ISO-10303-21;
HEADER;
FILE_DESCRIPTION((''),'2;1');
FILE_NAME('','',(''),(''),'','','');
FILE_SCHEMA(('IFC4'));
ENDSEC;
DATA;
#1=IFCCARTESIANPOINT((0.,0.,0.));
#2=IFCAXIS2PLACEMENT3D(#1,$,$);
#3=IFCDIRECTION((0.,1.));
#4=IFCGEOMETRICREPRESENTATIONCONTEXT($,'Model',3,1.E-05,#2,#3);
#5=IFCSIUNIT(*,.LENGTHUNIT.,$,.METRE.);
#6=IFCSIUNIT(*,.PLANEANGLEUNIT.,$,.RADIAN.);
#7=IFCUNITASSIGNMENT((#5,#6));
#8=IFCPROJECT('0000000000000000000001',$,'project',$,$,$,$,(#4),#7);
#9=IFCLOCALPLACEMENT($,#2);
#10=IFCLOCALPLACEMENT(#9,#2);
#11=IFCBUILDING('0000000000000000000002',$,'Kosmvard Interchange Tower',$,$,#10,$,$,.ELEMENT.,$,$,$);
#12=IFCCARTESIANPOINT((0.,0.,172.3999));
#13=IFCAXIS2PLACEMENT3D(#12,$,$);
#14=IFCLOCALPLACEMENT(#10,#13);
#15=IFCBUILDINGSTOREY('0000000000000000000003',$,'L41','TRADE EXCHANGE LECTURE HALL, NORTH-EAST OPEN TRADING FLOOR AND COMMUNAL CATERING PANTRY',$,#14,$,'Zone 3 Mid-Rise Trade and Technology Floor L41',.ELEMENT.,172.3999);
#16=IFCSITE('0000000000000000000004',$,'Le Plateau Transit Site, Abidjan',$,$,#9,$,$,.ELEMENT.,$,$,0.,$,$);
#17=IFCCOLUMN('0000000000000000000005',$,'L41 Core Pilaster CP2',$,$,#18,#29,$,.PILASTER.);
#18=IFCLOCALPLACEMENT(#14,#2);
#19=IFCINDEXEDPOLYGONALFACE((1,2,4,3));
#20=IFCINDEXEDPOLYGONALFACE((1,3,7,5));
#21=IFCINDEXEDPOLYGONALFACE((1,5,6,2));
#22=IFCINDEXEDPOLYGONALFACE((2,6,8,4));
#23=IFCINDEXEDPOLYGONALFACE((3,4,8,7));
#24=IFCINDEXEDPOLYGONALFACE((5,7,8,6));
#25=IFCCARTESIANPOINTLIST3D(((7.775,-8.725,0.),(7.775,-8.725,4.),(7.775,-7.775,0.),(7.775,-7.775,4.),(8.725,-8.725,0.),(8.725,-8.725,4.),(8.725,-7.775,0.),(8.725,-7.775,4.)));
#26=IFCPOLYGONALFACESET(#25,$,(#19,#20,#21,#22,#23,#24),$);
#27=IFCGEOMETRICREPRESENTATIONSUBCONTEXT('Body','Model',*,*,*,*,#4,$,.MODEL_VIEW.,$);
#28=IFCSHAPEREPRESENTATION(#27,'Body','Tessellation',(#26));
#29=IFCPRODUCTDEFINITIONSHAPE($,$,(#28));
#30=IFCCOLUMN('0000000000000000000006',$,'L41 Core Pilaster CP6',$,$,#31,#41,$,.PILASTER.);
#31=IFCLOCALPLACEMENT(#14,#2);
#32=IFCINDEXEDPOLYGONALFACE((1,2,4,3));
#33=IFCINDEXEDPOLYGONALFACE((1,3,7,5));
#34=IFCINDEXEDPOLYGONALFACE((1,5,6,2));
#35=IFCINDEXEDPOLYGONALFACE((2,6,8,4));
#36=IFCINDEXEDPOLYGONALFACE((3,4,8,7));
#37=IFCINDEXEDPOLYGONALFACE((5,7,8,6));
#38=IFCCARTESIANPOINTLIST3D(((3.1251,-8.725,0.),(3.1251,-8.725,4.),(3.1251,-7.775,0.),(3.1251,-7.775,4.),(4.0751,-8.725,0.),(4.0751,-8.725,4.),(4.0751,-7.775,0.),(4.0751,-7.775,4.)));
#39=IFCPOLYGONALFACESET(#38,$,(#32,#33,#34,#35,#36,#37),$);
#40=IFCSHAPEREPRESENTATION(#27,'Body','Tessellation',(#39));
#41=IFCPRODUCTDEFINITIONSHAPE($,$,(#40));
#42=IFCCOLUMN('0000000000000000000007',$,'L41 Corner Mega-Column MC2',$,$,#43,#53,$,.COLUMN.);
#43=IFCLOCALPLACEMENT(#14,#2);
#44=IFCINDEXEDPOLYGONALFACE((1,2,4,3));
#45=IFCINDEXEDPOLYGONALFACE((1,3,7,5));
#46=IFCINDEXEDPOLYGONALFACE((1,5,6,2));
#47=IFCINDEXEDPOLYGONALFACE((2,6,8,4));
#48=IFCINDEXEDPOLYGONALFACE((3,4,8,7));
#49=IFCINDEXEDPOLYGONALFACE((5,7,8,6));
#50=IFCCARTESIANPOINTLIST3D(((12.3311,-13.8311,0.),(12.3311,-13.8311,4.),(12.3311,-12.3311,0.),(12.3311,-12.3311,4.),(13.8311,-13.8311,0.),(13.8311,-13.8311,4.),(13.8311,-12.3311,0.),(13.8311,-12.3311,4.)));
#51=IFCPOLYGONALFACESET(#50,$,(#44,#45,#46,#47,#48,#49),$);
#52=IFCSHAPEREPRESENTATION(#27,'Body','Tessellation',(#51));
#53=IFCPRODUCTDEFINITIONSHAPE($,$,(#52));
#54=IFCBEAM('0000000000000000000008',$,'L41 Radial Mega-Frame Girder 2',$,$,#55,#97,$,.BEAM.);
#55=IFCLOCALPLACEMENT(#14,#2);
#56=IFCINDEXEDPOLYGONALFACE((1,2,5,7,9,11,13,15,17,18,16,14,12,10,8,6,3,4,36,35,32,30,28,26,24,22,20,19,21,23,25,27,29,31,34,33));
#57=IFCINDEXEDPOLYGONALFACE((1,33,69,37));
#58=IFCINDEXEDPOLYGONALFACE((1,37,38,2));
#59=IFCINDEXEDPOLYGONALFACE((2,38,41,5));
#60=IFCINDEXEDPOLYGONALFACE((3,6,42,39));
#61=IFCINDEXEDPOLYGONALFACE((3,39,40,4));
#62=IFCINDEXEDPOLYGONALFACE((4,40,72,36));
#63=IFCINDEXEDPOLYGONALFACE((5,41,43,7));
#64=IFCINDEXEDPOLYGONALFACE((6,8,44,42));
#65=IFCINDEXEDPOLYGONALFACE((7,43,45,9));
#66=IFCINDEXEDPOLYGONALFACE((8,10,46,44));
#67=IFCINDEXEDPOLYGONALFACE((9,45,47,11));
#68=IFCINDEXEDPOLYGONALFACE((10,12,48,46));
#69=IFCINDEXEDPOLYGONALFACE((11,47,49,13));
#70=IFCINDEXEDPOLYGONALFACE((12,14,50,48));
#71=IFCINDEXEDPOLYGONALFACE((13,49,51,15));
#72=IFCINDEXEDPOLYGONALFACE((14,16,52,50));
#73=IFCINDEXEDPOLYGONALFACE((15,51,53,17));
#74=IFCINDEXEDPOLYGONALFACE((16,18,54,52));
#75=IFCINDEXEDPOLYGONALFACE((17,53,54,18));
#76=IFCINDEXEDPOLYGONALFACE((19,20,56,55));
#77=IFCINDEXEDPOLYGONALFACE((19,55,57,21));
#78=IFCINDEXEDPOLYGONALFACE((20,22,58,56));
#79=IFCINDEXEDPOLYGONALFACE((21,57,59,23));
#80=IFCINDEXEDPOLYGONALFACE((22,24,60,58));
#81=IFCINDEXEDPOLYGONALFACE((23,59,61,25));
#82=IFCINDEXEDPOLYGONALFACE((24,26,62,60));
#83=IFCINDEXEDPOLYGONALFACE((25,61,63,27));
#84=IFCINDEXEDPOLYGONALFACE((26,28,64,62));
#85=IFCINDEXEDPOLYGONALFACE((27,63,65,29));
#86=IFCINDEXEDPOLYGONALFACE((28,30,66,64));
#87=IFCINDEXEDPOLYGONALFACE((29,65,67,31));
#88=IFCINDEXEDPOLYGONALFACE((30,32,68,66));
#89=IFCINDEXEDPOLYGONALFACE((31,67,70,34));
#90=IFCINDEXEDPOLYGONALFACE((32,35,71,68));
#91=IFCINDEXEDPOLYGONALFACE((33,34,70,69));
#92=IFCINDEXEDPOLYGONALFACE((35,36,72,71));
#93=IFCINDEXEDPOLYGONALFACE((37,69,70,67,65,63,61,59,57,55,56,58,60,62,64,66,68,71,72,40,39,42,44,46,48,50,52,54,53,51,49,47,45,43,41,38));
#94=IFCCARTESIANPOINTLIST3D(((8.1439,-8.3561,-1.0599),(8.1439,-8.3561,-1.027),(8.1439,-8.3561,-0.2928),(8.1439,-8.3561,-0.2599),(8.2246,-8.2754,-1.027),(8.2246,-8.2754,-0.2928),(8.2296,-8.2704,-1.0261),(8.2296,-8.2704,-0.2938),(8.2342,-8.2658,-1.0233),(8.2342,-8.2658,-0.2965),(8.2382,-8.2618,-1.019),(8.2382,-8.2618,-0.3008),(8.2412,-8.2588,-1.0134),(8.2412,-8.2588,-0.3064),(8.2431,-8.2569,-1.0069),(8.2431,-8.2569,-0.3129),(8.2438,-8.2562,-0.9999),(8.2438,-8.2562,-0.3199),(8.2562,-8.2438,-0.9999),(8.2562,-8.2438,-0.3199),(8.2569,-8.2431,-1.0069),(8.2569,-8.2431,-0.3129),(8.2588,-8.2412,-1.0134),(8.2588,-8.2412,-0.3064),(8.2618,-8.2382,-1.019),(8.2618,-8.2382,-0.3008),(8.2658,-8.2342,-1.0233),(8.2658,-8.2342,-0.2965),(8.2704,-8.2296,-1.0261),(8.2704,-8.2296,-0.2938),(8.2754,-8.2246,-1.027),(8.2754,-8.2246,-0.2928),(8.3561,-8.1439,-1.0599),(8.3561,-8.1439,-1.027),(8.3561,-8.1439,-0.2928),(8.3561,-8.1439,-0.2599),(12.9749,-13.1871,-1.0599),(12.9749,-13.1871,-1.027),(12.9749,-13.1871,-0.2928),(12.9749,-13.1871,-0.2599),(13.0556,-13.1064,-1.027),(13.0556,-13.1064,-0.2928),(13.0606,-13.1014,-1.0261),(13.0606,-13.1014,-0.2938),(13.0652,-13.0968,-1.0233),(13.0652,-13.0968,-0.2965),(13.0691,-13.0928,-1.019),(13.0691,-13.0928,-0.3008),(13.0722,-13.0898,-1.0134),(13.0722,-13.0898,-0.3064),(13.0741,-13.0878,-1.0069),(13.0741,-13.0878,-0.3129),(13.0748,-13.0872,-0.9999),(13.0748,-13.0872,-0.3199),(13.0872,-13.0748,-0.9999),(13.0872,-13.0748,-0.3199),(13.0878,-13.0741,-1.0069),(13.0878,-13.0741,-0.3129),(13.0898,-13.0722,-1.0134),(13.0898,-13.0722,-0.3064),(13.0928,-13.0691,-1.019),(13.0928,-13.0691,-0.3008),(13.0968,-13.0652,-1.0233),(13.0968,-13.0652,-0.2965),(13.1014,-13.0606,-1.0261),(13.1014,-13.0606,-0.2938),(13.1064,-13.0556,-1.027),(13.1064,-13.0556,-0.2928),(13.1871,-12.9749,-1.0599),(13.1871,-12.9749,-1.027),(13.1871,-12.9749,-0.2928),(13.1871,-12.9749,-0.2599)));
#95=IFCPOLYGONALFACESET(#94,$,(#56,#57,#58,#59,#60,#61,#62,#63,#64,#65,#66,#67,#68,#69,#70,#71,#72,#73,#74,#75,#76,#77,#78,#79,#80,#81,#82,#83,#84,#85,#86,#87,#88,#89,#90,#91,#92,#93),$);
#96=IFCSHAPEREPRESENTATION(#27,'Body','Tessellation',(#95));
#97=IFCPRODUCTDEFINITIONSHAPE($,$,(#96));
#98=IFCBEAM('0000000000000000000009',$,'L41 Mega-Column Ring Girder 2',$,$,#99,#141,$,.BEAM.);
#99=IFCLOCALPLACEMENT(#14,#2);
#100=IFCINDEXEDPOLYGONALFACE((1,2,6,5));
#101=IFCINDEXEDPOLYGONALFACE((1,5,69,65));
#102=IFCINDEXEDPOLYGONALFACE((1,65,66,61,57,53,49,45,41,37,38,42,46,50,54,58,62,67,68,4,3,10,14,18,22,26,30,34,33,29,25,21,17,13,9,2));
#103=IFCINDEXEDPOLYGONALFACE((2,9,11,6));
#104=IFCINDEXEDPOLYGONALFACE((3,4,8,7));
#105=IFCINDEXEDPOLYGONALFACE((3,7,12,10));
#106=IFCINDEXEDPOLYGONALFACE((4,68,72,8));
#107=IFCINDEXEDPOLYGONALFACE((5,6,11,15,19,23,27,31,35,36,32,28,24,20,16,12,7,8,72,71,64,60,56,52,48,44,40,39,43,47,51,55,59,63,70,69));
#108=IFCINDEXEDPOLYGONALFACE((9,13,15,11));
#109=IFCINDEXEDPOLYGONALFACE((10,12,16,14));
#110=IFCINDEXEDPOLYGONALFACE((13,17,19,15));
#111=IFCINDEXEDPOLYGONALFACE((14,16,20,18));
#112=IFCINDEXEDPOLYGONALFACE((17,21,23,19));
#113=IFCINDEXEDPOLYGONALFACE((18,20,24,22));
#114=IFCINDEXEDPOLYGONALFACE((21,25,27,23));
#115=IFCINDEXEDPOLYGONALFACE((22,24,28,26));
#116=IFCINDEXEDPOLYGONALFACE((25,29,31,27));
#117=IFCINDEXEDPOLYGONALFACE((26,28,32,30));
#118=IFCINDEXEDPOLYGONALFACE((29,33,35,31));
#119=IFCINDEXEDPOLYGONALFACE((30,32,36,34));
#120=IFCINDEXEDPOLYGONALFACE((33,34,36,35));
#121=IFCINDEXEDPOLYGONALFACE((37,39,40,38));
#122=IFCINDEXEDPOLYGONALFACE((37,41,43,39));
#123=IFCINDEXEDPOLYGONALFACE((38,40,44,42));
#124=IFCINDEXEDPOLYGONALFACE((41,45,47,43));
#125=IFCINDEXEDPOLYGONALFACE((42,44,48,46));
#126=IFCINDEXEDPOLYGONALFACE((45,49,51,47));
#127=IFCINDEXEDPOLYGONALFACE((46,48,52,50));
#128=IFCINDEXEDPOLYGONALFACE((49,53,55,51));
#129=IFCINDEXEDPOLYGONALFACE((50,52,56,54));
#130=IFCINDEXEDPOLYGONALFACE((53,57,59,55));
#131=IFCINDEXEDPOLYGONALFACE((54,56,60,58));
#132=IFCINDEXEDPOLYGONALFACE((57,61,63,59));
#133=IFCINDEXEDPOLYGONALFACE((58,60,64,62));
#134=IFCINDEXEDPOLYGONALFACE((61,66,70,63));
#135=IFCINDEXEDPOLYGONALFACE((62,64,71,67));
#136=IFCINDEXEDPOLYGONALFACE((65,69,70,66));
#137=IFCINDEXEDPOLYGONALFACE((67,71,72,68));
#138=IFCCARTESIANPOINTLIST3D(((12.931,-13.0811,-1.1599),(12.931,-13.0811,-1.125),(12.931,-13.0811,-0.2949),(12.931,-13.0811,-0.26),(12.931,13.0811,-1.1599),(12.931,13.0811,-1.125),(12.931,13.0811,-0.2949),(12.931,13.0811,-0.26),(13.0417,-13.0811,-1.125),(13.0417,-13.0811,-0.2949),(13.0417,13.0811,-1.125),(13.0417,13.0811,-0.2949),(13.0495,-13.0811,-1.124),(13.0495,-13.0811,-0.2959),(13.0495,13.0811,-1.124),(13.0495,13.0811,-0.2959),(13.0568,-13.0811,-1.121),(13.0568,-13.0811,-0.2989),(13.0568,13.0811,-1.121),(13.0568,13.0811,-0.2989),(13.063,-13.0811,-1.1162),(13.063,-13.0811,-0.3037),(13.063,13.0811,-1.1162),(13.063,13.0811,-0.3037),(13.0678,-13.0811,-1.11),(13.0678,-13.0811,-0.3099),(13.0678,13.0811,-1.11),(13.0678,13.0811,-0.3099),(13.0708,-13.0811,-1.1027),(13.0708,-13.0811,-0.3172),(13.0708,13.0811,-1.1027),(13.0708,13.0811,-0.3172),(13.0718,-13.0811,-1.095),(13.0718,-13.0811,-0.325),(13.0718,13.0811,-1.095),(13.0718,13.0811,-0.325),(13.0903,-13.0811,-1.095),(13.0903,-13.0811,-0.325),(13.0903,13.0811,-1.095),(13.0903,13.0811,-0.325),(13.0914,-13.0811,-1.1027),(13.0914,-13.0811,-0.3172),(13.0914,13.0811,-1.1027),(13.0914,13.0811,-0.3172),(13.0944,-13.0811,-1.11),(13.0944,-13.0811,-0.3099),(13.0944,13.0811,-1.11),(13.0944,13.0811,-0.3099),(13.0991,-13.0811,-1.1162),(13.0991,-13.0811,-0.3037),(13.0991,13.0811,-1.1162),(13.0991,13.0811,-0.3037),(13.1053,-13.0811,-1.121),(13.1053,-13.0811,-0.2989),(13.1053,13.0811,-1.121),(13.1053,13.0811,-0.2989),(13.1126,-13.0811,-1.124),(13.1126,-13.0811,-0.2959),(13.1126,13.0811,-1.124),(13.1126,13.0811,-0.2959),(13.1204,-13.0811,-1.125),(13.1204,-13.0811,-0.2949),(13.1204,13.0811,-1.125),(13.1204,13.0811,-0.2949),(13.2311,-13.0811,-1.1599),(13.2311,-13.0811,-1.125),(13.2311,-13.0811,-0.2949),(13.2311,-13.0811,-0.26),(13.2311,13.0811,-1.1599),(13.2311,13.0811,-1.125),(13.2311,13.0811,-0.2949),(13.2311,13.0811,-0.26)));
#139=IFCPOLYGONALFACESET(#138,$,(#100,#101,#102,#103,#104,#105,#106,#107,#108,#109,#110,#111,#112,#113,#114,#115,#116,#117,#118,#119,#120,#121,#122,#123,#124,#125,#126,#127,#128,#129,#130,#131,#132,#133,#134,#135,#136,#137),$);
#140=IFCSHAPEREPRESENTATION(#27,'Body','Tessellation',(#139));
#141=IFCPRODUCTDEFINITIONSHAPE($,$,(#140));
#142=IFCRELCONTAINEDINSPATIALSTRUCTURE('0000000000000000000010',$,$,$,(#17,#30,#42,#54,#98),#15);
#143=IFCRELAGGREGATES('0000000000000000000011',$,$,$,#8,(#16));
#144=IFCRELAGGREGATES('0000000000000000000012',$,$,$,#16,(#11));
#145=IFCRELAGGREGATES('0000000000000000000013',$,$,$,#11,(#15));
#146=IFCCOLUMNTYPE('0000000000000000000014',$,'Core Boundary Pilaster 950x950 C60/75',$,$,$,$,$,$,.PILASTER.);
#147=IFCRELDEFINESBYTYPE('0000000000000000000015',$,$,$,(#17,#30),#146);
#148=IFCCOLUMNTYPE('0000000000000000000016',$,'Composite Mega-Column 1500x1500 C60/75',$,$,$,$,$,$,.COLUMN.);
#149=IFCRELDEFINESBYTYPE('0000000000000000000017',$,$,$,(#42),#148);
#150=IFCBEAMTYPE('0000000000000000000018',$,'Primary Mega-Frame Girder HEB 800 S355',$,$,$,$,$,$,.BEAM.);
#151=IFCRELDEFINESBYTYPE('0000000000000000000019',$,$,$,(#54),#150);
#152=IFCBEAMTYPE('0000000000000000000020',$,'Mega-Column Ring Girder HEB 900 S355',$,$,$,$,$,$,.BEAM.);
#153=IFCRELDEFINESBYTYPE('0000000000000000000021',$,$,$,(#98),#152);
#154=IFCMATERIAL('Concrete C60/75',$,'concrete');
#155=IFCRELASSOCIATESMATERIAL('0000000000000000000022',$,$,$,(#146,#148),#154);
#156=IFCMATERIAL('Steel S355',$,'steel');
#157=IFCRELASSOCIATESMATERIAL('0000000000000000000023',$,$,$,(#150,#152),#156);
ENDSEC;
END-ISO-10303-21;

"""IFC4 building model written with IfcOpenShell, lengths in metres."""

from ifc_helpers import new_model, si_unit, direction, frame, origin, origin_2d, place, context, subcontext, project, spatial, rectangle, i_section, extrude, source, transform, mapped, material, material_profile, profile_set, type_object, element, save


model = new_model("IFC4")

# Units and contexts
model_context = context("Model", 3, precision=1e-05, world=origin(), true_north=direction((0.0, 1.0)))
body_context = subcontext(model_context, "Body", "Model", "MODEL_VIEW")
ifc_project = project(units=[si_unit("LENGTHUNIT", "METRE"), si_unit("PLANEANGLEUNIT", "RADIAN")], contexts=[model_context])

# Site, building, storey
site_placement = place(None, origin())
site = spatial("IfcSite", under=ifc_project, at=site_placement, Name="Le Plateau Transit Site, Abidjan", CompositionType="ELEMENT", RefElevation=0.0)
building_placement = place(site_placement, origin())
building = spatial("IfcBuilding", under=site, at=building_placement, Name="Kosmvard Interchange Tower", CompositionType="ELEMENT")
storey_placement = place(building_placement, frame((0.0, 0.0, 172.3999)))
storey = spatial("IfcBuildingStorey", under=building, at=storey_placement, Name="L41", Description="TRADE EXCHANGE LECTURE HALL, NORTH-EAST OPEN TRADING FLOOR AND COMMUNAL CATERING PANTRY", LongName="Zone 3 Mid-Rise Trade and Technology Floor L41", CompositionType="ELEMENT", Elevation=172.3999)

# Columns
ifc_material_1 = material(Name="Concrete C60/75", Category="concrete")
ifc_material_profile_1 = material_profile(ifc_material_1, rectangle(XDim=0.95, YDim=0.95, at=origin_2d()), Name="CP 950x950")
ifc_profile_set_1 = profile_set([ifc_material_profile_1], Name="Concrete C60/75")
column_type_1 = type_object("IfcColumnType", Name="Core Boundary Pilaster 950x950 C60/75", PredefinedType="PILASTER", material=ifc_profile_set_1)
shared_shape_1 = source(origin(), body_context, "Body", "SweptSolid", [
    extrude(rectangle(XDim=0.95, YDim=0.95, at=origin_2d()), origin(), (0.0, 0.0, 1.0), 4.0),
])
for number, where, z_axis, x_axis, name in (
    (1, (8.25, -8.25, 0.0), (0.0, 0.0, 1.0), (1.0, 0.0, 0.0), "L41 Core Pilaster CP2"),
    (2, (3.6001, -8.25, 0.0), (0.0, 0.0, 1.0), (1.0, 0.0, 0.0), "L41 Core Pilaster CP6"),
):
    element("IfcColumn", number, at=place(storey_placement, frame(where, z_axis=z_axis, x_axis=x_axis)), inside=storey, type_object=column_type_1, Name=name, PredefinedType="PILASTER", context=body_context, shape_type="MappedRepresentation", body=[
        mapped(shared_shape_1, transform((0.0, 0.0, 0.0), scale=1.0)),
    ])
ifc_material_profile_2 = material_profile(ifc_material_1, rectangle(XDim=1.5, YDim=1.5, at=origin_2d()), Name="MC 1500x1500")
ifc_profile_set_2 = profile_set([ifc_material_profile_2], Name="Concrete C60/75")
column_type_2 = type_object("IfcColumnType", Name="Composite Mega-Column 1500x1500 C60/75", PredefinedType="COLUMN", material=ifc_profile_set_2)
shared_shape_2 = source(origin(), body_context, "Body", "SweptSolid", [
    extrude(rectangle(XDim=1.5, YDim=1.5, at=origin_2d()), origin(), (0.0, 0.0, 1.0), 4.0),
])
column_placement = place(storey_placement, frame((13.0811, -13.0811, 0.0), z_axis=(0.0, 0.0, 1.0), x_axis=(1.0, 0.0, 0.0)))
element("IfcColumn", 3, at=column_placement, inside=storey, type_object=column_type_2, Name="L41 Corner Mega-Column MC2", PredefinedType="COLUMN", context=body_context, shape_type="MappedRepresentation", body=[
    mapped(shared_shape_2, transform((0.0, 0.0, 0.0), scale=1.0)),
])

# Beams
ifc_material_2 = material(Name="Steel S355", Category="steel")
ifc_material_profile_3 = material_profile(ifc_material_2, i_section(OverallWidth=0.3, OverallDepth=0.8, WebThickness=0.0176, FlangeThickness=0.033, FilletRadius=0.0271, at=origin_2d()), Name="HEB 800")
ifc_profile_set_3 = profile_set([ifc_material_profile_3], Name="Steel S355")
beam_type_1 = type_object("IfcBeamType", Name="Primary Mega-Frame Girder HEB 800 S355", PredefinedType="BEAM", material=ifc_profile_set_3)
shared_shape_3 = source(origin(), body_context, "Body", "SweptSolid", [
    extrude(i_section(OverallWidth=0.3, OverallDepth=0.8, WebThickness=0.0176, FlangeThickness=0.033, FilletRadius=0.0271, at=origin_2d()), origin(), (0.0, 0.0, 1.0), 6.832),
])
beam_1_placement = place(storey_placement, frame((8.25, -8.25, -0.6599), z_axis=(0.707107, -0.707107, 0.0), x_axis=(0.707107, 0.707107, 0.0)))
element("IfcBeam", 4, at=beam_1_placement, inside=storey, type_object=beam_type_1, Name="L41 Radial Mega-Frame Girder 2", PredefinedType="BEAM", context=body_context, shape_type="MappedRepresentation", body=[
    mapped(shared_shape_3, transform((0.0, 0.0, 0.0), scale=1.0)),
])
ifc_material_profile_4 = material_profile(ifc_material_2, i_section(OverallWidth=0.3, OverallDepth=0.8999, WebThickness=0.0186, FlangeThickness=0.0349, FilletRadius=0.03, at=origin_2d()), Name="HEB 900")
ifc_profile_set_4 = profile_set([ifc_material_profile_4], Name="Steel S355")
beam_type_2 = type_object("IfcBeamType", Name="Mega-Column Ring Girder HEB 900 S355", PredefinedType="BEAM", material=ifc_profile_set_4)
shared_shape_4 = source(origin(), body_context, "Body", "SweptSolid", [
    extrude(i_section(OverallWidth=0.3, OverallDepth=0.8999, WebThickness=0.0186, FlangeThickness=0.0349, FilletRadius=0.03, at=origin_2d()), origin(), (0.0, 0.0, 1.0), 26.1621),
])
beam_2_placement = place(storey_placement, frame((13.0811, -13.0811, -0.71), z_axis=(0.0, 1.0, 0.0), x_axis=(-1.0, 0.0, 0.0)))
element("IfcBeam", 5, at=beam_2_placement, inside=storey, type_object=beam_type_2, Name="L41 Mega-Column Ring Girder 2", PredefinedType="BEAM", context=body_context, shape_type="MappedRepresentation", body=[
    mapped(shared_shape_4, transform((0.0, 0.0, 0.0), scale=1.0)),
])

save(model, "model.ifc")
